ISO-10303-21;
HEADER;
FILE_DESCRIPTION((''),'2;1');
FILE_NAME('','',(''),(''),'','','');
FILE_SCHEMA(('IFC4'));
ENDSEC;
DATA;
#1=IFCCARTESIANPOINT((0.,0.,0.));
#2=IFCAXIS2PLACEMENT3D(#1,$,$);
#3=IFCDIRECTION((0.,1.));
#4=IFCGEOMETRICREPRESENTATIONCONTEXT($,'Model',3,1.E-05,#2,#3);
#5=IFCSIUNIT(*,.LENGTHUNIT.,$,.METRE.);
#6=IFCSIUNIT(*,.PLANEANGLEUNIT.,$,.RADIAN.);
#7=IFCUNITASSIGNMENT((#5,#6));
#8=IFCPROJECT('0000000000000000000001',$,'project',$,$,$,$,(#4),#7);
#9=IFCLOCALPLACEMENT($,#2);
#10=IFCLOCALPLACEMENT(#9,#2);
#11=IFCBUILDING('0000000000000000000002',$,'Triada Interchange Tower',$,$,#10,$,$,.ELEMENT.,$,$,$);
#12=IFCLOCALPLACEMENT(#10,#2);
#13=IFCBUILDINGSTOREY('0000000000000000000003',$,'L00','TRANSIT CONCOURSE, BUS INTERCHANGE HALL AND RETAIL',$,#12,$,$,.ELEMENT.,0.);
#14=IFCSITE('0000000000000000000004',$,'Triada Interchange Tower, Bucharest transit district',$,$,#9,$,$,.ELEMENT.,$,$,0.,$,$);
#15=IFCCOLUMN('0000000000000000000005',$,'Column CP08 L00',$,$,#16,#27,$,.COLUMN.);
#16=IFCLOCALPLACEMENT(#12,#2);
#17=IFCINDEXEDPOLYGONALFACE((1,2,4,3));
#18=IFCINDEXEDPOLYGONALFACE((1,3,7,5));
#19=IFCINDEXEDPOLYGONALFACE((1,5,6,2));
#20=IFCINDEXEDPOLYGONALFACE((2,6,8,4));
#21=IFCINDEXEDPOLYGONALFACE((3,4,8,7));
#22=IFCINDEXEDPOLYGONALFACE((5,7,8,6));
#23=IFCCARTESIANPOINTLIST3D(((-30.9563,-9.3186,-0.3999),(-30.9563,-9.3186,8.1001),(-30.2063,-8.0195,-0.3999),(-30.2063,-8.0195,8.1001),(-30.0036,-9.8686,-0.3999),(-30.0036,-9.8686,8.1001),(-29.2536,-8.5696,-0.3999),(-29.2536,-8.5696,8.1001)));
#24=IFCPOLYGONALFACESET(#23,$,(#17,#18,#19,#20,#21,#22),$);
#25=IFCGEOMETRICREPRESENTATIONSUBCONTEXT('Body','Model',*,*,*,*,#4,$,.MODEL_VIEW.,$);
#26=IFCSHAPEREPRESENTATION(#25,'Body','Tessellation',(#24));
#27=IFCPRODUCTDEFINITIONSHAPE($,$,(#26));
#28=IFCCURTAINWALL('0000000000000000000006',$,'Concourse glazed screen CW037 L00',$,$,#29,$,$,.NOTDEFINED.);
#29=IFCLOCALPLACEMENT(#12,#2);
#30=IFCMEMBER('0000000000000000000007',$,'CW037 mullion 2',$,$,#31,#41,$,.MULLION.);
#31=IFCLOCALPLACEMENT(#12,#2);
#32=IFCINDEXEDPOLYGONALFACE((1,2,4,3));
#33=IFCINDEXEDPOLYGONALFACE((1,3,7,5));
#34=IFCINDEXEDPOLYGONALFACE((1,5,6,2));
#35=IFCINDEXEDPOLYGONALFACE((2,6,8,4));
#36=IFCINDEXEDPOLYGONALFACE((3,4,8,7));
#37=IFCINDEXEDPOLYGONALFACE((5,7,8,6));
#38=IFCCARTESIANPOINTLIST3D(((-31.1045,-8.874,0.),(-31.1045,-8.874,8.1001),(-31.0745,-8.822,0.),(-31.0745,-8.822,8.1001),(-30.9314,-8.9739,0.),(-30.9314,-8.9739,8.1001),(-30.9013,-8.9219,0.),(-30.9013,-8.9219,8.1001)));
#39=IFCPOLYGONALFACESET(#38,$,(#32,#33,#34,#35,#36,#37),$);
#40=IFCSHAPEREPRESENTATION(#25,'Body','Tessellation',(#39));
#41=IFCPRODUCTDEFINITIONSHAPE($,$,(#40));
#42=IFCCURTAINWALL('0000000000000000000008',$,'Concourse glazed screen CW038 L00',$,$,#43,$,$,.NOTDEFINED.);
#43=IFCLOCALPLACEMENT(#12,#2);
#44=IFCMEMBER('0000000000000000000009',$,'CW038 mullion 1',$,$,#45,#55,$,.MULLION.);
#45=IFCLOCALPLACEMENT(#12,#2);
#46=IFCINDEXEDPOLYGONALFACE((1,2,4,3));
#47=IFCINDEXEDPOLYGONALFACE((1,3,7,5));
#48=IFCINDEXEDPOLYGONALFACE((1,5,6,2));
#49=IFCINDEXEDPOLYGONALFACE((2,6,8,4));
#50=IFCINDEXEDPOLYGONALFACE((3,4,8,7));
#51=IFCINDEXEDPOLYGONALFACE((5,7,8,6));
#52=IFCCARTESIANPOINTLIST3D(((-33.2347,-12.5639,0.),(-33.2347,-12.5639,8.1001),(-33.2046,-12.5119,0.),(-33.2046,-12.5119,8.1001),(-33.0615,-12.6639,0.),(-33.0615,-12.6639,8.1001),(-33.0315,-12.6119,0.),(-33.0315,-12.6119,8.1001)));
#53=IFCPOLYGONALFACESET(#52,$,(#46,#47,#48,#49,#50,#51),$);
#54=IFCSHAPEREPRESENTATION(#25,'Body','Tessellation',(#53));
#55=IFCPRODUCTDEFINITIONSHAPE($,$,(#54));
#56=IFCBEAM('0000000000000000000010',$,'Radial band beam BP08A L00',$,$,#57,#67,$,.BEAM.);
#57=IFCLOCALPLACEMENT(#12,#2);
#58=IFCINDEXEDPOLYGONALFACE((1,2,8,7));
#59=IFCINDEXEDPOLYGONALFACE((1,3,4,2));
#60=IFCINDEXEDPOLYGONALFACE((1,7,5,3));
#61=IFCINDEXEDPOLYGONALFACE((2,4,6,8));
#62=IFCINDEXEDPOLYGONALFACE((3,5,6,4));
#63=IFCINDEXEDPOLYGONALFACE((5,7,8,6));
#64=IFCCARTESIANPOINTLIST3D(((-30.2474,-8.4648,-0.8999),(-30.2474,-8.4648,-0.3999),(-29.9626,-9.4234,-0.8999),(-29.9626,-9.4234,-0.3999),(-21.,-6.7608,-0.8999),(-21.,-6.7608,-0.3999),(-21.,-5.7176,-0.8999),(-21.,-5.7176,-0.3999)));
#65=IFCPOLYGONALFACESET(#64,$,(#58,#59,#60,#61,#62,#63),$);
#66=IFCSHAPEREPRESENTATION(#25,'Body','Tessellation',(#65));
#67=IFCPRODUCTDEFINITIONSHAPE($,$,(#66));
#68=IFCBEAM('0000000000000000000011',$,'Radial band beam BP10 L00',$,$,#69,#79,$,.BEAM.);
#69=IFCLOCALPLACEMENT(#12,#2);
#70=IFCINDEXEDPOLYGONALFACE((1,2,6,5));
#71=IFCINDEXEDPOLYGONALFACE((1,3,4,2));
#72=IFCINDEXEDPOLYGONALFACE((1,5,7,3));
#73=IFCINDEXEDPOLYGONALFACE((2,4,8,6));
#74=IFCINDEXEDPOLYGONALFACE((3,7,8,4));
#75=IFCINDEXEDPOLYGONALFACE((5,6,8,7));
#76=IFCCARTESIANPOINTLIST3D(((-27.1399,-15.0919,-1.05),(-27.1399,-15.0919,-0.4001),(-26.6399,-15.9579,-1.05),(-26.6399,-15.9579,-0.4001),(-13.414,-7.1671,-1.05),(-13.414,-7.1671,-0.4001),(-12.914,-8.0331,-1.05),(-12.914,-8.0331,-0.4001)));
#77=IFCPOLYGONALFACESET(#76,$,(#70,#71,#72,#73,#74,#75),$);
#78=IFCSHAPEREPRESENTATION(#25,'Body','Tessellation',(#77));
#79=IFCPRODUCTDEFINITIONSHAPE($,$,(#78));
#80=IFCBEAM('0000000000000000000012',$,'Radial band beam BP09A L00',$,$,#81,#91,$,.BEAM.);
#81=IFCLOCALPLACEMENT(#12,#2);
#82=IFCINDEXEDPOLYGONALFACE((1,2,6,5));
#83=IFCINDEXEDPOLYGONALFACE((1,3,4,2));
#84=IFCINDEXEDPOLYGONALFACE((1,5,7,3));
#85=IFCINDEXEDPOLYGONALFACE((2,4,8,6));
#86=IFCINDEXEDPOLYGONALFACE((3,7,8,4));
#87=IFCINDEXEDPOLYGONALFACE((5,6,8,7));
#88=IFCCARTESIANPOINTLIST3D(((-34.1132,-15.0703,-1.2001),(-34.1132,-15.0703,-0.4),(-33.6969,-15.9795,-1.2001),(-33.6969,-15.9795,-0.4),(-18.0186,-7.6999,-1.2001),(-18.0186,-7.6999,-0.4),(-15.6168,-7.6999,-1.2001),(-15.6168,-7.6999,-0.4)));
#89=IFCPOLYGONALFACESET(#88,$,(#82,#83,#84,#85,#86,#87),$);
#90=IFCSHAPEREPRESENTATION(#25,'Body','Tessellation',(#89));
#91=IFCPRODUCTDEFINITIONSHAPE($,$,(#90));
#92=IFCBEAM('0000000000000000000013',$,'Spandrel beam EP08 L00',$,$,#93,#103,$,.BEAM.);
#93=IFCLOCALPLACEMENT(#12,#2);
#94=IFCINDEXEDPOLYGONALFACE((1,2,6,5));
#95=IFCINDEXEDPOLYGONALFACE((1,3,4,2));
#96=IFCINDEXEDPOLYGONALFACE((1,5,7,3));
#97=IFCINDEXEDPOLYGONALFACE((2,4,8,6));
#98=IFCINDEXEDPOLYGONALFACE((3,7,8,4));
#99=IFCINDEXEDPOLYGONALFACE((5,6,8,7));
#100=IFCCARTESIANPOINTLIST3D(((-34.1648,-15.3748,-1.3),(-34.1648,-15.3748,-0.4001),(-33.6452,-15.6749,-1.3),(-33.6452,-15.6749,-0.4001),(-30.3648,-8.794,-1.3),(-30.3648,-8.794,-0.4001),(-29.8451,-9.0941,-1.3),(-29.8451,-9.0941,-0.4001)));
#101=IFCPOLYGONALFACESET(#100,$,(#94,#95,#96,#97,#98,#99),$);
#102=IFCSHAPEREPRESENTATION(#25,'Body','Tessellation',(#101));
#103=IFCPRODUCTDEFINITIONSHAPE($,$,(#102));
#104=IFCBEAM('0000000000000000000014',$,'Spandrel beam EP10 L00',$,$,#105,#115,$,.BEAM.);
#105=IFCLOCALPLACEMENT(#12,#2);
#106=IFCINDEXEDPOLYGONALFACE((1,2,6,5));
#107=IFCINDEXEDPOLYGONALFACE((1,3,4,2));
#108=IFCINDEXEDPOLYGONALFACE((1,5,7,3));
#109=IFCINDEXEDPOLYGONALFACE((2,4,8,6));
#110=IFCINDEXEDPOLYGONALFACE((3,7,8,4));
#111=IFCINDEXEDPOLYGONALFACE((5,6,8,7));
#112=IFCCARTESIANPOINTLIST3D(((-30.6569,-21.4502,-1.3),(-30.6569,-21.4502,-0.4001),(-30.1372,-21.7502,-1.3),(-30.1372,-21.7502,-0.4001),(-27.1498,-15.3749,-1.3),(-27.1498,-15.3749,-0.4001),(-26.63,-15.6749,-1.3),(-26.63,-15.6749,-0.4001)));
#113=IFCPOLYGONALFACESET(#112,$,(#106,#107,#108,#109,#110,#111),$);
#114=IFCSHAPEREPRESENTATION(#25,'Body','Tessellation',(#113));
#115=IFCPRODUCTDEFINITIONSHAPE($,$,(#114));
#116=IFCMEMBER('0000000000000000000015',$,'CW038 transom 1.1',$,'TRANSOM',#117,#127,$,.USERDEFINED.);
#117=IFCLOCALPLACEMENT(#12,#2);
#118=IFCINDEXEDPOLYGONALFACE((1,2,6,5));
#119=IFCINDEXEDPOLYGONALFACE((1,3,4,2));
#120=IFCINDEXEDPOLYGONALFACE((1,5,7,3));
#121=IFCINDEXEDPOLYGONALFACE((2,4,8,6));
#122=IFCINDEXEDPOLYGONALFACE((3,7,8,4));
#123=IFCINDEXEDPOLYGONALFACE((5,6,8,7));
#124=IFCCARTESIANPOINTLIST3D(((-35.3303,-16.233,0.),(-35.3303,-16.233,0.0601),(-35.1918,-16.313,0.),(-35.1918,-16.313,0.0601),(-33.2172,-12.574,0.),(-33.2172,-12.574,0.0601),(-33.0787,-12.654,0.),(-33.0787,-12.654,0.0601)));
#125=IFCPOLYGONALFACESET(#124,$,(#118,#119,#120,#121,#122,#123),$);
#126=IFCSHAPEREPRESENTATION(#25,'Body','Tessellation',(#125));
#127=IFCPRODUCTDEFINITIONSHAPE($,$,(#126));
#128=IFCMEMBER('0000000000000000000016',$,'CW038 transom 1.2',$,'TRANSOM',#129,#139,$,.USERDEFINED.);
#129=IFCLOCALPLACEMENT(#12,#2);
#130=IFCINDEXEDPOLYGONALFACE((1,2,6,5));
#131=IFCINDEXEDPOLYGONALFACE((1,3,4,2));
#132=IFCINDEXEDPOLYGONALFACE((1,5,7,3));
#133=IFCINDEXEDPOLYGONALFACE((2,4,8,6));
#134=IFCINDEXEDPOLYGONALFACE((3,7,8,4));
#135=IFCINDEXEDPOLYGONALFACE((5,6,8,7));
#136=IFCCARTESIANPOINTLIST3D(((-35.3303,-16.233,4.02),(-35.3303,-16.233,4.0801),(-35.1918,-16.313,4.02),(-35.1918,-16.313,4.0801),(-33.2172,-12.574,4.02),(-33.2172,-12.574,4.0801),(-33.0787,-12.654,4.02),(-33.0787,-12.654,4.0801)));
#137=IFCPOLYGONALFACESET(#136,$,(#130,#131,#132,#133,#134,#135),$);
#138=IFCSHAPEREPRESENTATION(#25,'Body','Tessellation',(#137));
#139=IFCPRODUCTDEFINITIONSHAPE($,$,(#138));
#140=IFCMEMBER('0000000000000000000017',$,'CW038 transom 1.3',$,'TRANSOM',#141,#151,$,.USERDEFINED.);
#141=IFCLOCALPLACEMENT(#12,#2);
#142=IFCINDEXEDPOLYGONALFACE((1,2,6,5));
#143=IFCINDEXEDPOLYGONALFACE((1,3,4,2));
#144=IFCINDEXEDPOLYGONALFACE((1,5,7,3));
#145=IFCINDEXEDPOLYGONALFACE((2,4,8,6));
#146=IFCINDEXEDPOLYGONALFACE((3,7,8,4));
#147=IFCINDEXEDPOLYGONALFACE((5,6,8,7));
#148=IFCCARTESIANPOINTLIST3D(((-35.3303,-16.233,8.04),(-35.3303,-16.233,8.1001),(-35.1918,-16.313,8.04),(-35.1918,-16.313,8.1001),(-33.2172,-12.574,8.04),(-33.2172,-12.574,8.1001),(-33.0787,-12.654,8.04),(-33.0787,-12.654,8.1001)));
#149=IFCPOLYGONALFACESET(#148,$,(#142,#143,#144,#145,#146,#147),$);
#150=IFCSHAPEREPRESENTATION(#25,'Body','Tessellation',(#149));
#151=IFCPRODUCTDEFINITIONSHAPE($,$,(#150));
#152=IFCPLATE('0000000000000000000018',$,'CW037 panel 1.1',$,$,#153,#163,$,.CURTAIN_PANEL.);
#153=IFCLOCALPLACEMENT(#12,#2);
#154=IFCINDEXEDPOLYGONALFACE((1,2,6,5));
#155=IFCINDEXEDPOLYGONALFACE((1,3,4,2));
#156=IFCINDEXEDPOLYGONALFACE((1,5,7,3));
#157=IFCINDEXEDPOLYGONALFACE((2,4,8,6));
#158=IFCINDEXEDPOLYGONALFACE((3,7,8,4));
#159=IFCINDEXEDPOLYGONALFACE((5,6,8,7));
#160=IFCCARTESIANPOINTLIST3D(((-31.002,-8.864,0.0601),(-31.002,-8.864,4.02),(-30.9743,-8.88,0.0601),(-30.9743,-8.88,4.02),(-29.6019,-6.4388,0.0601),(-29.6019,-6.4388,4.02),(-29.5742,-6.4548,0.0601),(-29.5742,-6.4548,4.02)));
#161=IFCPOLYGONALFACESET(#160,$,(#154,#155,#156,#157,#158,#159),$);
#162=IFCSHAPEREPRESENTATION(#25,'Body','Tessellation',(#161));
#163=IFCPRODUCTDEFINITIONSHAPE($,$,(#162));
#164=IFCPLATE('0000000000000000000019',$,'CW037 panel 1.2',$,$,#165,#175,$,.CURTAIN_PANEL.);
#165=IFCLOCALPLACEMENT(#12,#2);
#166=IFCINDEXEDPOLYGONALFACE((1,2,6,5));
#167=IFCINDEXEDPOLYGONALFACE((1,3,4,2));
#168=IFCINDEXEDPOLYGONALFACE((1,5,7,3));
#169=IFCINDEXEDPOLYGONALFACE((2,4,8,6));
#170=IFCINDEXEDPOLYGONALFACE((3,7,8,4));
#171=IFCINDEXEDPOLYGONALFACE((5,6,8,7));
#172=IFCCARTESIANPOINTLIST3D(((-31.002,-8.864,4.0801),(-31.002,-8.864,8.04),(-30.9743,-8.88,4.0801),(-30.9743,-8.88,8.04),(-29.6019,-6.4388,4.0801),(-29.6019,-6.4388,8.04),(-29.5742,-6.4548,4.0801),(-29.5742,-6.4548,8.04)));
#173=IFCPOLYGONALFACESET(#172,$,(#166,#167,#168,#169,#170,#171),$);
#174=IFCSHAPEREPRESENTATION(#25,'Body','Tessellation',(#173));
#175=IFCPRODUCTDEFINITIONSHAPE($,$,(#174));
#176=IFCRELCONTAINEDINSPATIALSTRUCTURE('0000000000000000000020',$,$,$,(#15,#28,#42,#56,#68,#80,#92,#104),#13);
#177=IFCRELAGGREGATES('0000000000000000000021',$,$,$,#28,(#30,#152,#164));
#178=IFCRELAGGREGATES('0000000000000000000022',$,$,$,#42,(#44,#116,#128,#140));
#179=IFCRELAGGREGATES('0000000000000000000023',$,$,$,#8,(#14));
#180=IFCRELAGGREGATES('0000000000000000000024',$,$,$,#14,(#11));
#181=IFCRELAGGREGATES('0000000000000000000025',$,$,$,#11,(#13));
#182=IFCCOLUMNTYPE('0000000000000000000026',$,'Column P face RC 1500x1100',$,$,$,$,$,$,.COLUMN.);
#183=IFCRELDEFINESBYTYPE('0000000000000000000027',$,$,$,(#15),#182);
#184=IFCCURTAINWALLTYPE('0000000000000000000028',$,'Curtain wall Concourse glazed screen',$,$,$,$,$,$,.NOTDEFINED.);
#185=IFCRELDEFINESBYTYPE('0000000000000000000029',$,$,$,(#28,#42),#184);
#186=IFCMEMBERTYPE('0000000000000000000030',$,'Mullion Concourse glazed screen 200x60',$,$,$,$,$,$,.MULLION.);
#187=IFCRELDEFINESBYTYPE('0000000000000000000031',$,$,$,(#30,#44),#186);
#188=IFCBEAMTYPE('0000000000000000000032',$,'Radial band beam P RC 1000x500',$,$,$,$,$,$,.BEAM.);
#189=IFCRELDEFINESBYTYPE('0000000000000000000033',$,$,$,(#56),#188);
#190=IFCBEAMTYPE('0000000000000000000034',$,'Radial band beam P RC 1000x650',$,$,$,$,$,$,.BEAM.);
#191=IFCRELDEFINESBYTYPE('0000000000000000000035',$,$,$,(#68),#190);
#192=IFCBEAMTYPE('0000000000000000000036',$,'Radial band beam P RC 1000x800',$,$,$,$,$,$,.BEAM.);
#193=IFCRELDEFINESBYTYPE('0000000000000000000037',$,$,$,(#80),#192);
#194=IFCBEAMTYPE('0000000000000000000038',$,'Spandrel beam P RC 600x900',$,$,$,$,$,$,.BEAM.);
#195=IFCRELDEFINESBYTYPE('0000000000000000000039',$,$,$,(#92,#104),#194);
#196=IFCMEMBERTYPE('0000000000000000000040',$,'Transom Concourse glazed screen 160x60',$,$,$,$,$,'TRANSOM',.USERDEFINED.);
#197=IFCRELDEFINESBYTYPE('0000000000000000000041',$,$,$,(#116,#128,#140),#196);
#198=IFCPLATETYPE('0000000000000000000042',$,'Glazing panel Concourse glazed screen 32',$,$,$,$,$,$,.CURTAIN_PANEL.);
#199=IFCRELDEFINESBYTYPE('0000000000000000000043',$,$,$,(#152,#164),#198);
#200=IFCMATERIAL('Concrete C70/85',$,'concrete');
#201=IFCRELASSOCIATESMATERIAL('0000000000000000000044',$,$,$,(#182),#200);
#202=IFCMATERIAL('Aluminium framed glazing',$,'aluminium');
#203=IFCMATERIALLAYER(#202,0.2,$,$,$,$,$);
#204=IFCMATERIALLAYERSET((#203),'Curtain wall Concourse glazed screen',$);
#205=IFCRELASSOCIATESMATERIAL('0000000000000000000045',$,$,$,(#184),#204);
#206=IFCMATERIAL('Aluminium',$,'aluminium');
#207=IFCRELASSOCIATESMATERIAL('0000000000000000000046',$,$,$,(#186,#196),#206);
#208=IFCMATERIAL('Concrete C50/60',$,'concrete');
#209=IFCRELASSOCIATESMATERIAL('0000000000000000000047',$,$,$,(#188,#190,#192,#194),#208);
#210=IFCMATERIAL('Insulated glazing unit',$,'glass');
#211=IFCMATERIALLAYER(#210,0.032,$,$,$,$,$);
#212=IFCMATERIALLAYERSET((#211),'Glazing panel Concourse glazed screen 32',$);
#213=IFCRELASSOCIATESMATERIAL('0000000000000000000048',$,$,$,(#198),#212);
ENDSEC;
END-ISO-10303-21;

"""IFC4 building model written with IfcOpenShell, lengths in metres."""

from ifc_helpers import new_model, si_unit, direction, frame, origin, origin_2d, place, context, subcontext, project, spatial, rectangle, extrude, clip, halfspace, material, layer, layer_set, material_profile, profile_set, type_object, element, aggregate, save


model = new_model("IFC4")

# Units and contexts
model_context = context("Model", 3, precision=1e-05, world=origin(), true_north=direction((0.0, 1.0)))
body_context = subcontext(model_context, "Body", "Model", "MODEL_VIEW")
ifc_project = project(units=[si_unit("LENGTHUNIT", "METRE"), si_unit("PLANEANGLEUNIT", "RADIAN")], contexts=[model_context])

# Site, building, storey
site_placement = place(None, origin())
site = spatial("IfcSite", under=ifc_project, at=site_placement, Name="Triada Interchange Tower, Bucharest transit district", CompositionType="ELEMENT", RefElevation=0.0)
building_placement = place(site_placement, origin())
building = spatial("IfcBuilding", under=site, at=building_placement, Name="Triada Interchange Tower", CompositionType="ELEMENT")
storey_placement = place(building_placement, origin())
storey = spatial("IfcBuildingStorey", under=building, at=storey_placement, Name="L00", Description="TRANSIT CONCOURSE, BUS INTERCHANGE HALL AND RETAIL", CompositionType="ELEMENT", Elevation=0.0)

# Column
ifc_material_1 = material(Name="Concrete C70/85", Category="concrete")
ifc_material_profile_1 = material_profile(ifc_material_1, rectangle(XDim=1.5, YDim=1.1001, at=origin_2d()), Name="RC 1500x1100")
ifc_profile_set_1 = profile_set([ifc_material_profile_1], Name="Concrete C70/85")
column_type = type_object("IfcColumnType", Name="Column P face RC 1500x1100", PredefinedType="COLUMN", material=ifc_profile_set_1)
column_placement = place(storey_placement, frame((-30.105, -8.9441, -0.3999), z_axis=(0.0, 0.0, 1.0), x_axis=(0.5, 0.866025, 0.0)))
element("IfcColumn", 1, at=column_placement, inside=storey, type_object=column_type, Name="Column CP08 L00", PredefinedType="COLUMN", context=body_context, shape_type="SweptSolid", body=[
    extrude(rectangle(XDim=1.5, YDim=1.1001, at=origin_2d()), origin(), (0.0, 0.0, 1.0), 8.5),
])

# Curtain walls, members
ifc_material_2 = material(Name="Aluminium framed glazing", Category="aluminium")
ifc_layer_1 = layer(ifc_material_2, 0.2)
ifc_layer_set_1 = layer_set([ifc_layer_1], Name="Curtain wall Concourse glazed screen")
curtain_wall_type = type_object("IfcCurtainWallType", Name="Curtain wall Concourse glazed screen", PredefinedType="NOTDEFINED", material=ifc_layer_set_1)
curtain_wall_1_placement = place(storey_placement, origin())
curtain_wall_1 = element("IfcCurtainWall", 2, at=curtain_wall_1_placement, inside=storey, type_object=curtain_wall_type, Name="Concourse glazed screen CW037 L00", PredefinedType="NOTDEFINED")
ifc_material_3 = material(Name="Aluminium", Category="aluminium")
ifc_material_profile_2 = material_profile(ifc_material_3, rectangle(XDim=0.2, YDim=0.0601, at=origin_2d()), Name="Aluminium mullion")
ifc_profile_set_2 = profile_set([ifc_material_profile_2], Name="Aluminium")
member_type_1 = type_object("IfcMemberType", Name="Mullion Concourse glazed screen 200x60", PredefinedType="MULLION", material=ifc_profile_set_2)
member_1_placement = place(storey_placement, frame((-31.0029, -8.8979, 0.0), z_axis=(0.0, 0.0, 1.0), x_axis=(0.866043, -0.499969, 0.0)))
member_1 = element("IfcMember", 3, at=member_1_placement, type_object=member_type_1, Name="CW037 mullion 2", PredefinedType="MULLION", context=body_context, shape_type="SweptSolid", body=[
    extrude(rectangle(XDim=0.2, YDim=0.0601, at=origin_2d()), origin(), (0.0, 0.0, 1.0), 8.1001),
])
curtain_wall_2_placement = place(storey_placement, origin())
curtain_wall_2 = element("IfcCurtainWall", 4, at=curtain_wall_2_placement, inside=storey, type_object=curtain_wall_type, Name="Concourse glazed screen CW038 L00", PredefinedType="NOTDEFINED")
member_2_placement = place(storey_placement, frame((-33.1331, -12.5879, 0.0), z_axis=(0.0, 0.0, 1.0), x_axis=(0.865982, -0.500074, 0.0)))
member_2 = element("IfcMember", 5, at=member_2_placement, type_object=member_type_1, Name="CW038 mullion 1", PredefinedType="MULLION", context=body_context, shape_type="SweptSolid", body=[
    extrude(rectangle(XDim=0.2, YDim=0.0601, at=origin_2d()), origin(), (0.0, 0.0, 1.0), 8.1001),
])

# Beams
ifc_material_4 = material(Name="Concrete C50/60", Category="concrete")
ifc_material_profile_3 = material_profile(ifc_material_4, rectangle(XDim=1.0, YDim=0.5, at=origin_2d()), Name="RC 1000x500")
ifc_profile_set_3 = profile_set([ifc_material_profile_3], Name="Concrete C50/60")
beam_type_1 = type_object("IfcBeamType", Name="Radial band beam P RC 1000x500", PredefinedType="BEAM", material=ifc_profile_set_3)
beam_1_placement = place(storey_placement, frame((-30.105, -8.9441, -0.6499), z_axis=(0.958594, 0.284777, 0.0), x_axis=(-0.284777, 0.958594, 0.0)))
element("IfcBeam", 6, at=beam_1_placement, inside=storey, type_object=beam_type_1, Name="Radial band beam BP08A L00", PredefinedType="BEAM", context=body_context, shape_type="Clipping", body=[
    clip(extrude(rectangle(XDim=1.0, YDim=0.5, at=origin_2d()), origin(), (0.0, 0.0, 1.0), 10.9983), halfspace(frame((-1.4001, 0.6499, 9.0823), z_axis=(-0.284777, 0.0, 0.958594), x_axis=(0.0, 1.0, 0.0)), False)),
])
ifc_material_profile_4 = material_profile(ifc_material_4, rectangle(XDim=1.0, YDim=0.6499, at=origin_2d()), Name="RC 1000x650")
ifc_profile_set_4 = profile_set([ifc_material_profile_4], Name="Concrete C50/60")
beam_type_2 = type_object("IfcBeamType", Name="Radial band beam P RC 1000x650", PredefinedType="BEAM", material=ifc_profile_set_4)
beam_2_placement = place(storey_placement, frame((-26.8899, -15.5249, -0.7251), z_axis=(0.86602, 0.500009, 0.0), x_axis=(-0.500009, 0.86602, 0.0)))
element("IfcBeam", 7, at=beam_2_placement, inside=storey, type_object=beam_type_2, Name="Radial band beam BP10 L00", PredefinedType="BEAM", context=body_context, shape_type="SweptSolid", body=[
    extrude(rectangle(XDim=1.0, YDim=0.6499, at=origin_2d()), origin(), (0.0, 0.0, 1.0), 15.8494),
])
ifc_material_profile_5 = material_profile(ifc_material_4, rectangle(XDim=1.0, YDim=0.8, at=origin_2d()), Name="RC 1000x800")
ifc_profile_set_5 = profile_set([ifc_material_profile_5], Name="Concrete C50/60")
beam_type_3 = type_object("IfcBeamType", Name="Radial band beam P RC 1000x800", PredefinedType="BEAM", material=ifc_profile_set_5)
beam_3_placement = place(storey_placement, frame((-33.905, -15.5249, -0.8), z_axis=(0.909201, 0.416358, 0.0), x_axis=(-0.416358, 0.909201, 0.0)))
element("IfcBeam", 8, at=beam_3_placement, inside=storey, type_object=beam_type_3, Name="Radial band beam BP09A L00", PredefinedType="BEAM", context=body_context, shape_type="Clipping", body=[
    clip(extrude(rectangle(XDim=1.0, YDim=0.8, at=origin_2d()), origin(), (0.0, 0.0, 1.0), 20.2949), halfspace(frame((-0.7568, 0.8, 20.4465), z_axis=(0.909201, 0.0, 0.416358), x_axis=(0.0, -1.0, 0.0)), False)),
])
ifc_material_profile_6 = material_profile(ifc_material_4, rectangle(XDim=0.6001, YDim=0.8999, at=origin_2d()), Name="RC 600x900")
ifc_profile_set_6 = profile_set([ifc_material_profile_6], Name="Concrete C50/60")
beam_type_4 = type_object("IfcBeamType", Name="Spandrel beam P RC 600x900", PredefinedType="BEAM", material=ifc_profile_set_6)
beam_4_placement = place(storey_placement, frame((-30.105, -8.9441, -0.8501), z_axis=(-0.500061, -0.86599, 0.0), x_axis=(0.86599, -0.500061, 0.0)))
element("IfcBeam", 9, at=beam_4_placement, inside=storey, type_object=beam_type_4, Name="Spandrel beam EP08 L00", PredefinedType="BEAM", context=body_context, shape_type="SweptSolid", body=[
    extrude(rectangle(XDim=0.6001, YDim=0.8999, at=origin_2d()), origin(), (0.0, 0.0, 1.0), 7.5991),
])
beam_5_placement = place(storey_placement, frame((-26.8899, -15.5249, -0.8501), z_axis=(-0.499953, -0.866052, 0.0), x_axis=(0.866052, -0.499953, 0.0)))
element("IfcBeam", 10, at=beam_5_placement, inside=storey, type_object=beam_type_4, Name="Spandrel beam EP10 L00", PredefinedType="BEAM", context=body_context, shape_type="SweptSolid", body=[
    extrude(rectangle(XDim=0.6001, YDim=0.8999, at=origin_2d()), origin(), (0.0, 0.0, 1.0), 7.0149),
])

# Members
ifc_material_profile_7 = material_profile(ifc_material_3, rectangle(XDim=0.1599, YDim=0.0601, at=origin_2d()), Name="Aluminium transom")
ifc_profile_set_7 = profile_set([ifc_material_profile_7], Name="Aluminium")
member_type_2 = type_object("IfcMemberType", Name="Transom Concourse glazed screen 160x60", ElementType="TRANSOM", PredefinedType="USERDEFINED", material=ifc_profile_set_7)
member_3_placement = place(storey_placement, frame((-33.1479, -12.614, 0.03), z_axis=(-0.500098, -0.865969, 0.0), x_axis=(0.865969, -0.500098, 0.0)))
member_3 = element("IfcMember", 11, at=member_3_placement, type_object=member_type_2, Name="CW038 transom 1.1", ObjectType="TRANSOM", PredefinedType="USERDEFINED", context=body_context, shape_type="SweptSolid", body=[
    extrude(rectangle(XDim=0.1599, YDim=0.0601, at=origin_2d()), origin(), (0.0, 0.0, 1.0), 4.2253),
])
member_4_placement = place(storey_placement, frame((-33.1479, -12.614, 4.05), z_axis=(-0.500098, -0.865969, 0.0), x_axis=(0.865969, -0.500098, 0.0)))
member_4 = element("IfcMember", 12, at=member_4_placement, type_object=member_type_2, Name="CW038 transom 1.2", ObjectType="TRANSOM", PredefinedType="USERDEFINED", context=body_context, shape_type="SweptSolid", body=[
    extrude(rectangle(XDim=0.1599, YDim=0.0601, at=origin_2d()), origin(), (0.0, 0.0, 1.0), 4.2253),
])
member_5_placement = place(storey_placement, frame((-33.1479, -12.614, 8.0701), z_axis=(-0.500098, -0.865969, 0.0), x_axis=(0.865969, -0.500098, 0.0)))
member_5 = element("IfcMember", 13, at=member_5_placement, type_object=member_type_2, Name="CW038 transom 1.3", ObjectType="TRANSOM", PredefinedType="USERDEFINED", context=body_context, shape_type="SweptSolid", body=[
    extrude(rectangle(XDim=0.1599, YDim=0.0601, at=origin_2d()), origin(), (0.0, 0.0, 1.0), 4.2253),
])

# Plates
ifc_material_5 = material(Name="Insulated glazing unit", Category="glass")
ifc_layer_2 = layer(ifc_material_5, 0.032)
ifc_layer_set_2 = layer_set([ifc_layer_2], Name="Glazing panel Concourse glazed screen 32")
plate_type = type_object("IfcPlateType", Name="Glazing panel Concourse glazed screen 32", PredefinedType="CURTAIN_PANEL", material=ifc_layer_set_2)
plate_1_placement = place(storey_placement, frame((-30.2881, -7.6594, 0.0601), z_axis=(0.0, 0.0, 1.0), x_axis=(-0.499969, -0.866043, 0.0)))
plate_1 = element("IfcPlate", 14, at=plate_1_placement, type_object=plate_type, Name="CW037 panel 1.1", PredefinedType="CURTAIN_PANEL", context=body_context, shape_type="SweptSolid", body=[
    extrude(rectangle(XDim=2.8003, YDim=0.032, at=origin_2d()), origin(), (0.0, 0.0, 1.0), 3.96),
])
plate_2_placement = place(storey_placement, frame((-30.2881, -7.6594, 4.0801), z_axis=(0.0, 0.0, 1.0), x_axis=(-0.499969, -0.866043, 0.0)))
plate_2 = element("IfcPlate", 15, at=plate_2_placement, type_object=plate_type, Name="CW037 panel 1.2", PredefinedType="CURTAIN_PANEL", context=body_context, shape_type="SweptSolid", body=[
    extrude(rectangle(XDim=2.8003, YDim=0.032, at=origin_2d()), origin(), (0.0, 0.0, 1.0), 3.96),
])
aggregate(curtain_wall_1, [member_1, plate_1, plate_2])
aggregate(curtain_wall_2, [member_2, member_3, member_4, member_5])

save(model, "model.ifc")
